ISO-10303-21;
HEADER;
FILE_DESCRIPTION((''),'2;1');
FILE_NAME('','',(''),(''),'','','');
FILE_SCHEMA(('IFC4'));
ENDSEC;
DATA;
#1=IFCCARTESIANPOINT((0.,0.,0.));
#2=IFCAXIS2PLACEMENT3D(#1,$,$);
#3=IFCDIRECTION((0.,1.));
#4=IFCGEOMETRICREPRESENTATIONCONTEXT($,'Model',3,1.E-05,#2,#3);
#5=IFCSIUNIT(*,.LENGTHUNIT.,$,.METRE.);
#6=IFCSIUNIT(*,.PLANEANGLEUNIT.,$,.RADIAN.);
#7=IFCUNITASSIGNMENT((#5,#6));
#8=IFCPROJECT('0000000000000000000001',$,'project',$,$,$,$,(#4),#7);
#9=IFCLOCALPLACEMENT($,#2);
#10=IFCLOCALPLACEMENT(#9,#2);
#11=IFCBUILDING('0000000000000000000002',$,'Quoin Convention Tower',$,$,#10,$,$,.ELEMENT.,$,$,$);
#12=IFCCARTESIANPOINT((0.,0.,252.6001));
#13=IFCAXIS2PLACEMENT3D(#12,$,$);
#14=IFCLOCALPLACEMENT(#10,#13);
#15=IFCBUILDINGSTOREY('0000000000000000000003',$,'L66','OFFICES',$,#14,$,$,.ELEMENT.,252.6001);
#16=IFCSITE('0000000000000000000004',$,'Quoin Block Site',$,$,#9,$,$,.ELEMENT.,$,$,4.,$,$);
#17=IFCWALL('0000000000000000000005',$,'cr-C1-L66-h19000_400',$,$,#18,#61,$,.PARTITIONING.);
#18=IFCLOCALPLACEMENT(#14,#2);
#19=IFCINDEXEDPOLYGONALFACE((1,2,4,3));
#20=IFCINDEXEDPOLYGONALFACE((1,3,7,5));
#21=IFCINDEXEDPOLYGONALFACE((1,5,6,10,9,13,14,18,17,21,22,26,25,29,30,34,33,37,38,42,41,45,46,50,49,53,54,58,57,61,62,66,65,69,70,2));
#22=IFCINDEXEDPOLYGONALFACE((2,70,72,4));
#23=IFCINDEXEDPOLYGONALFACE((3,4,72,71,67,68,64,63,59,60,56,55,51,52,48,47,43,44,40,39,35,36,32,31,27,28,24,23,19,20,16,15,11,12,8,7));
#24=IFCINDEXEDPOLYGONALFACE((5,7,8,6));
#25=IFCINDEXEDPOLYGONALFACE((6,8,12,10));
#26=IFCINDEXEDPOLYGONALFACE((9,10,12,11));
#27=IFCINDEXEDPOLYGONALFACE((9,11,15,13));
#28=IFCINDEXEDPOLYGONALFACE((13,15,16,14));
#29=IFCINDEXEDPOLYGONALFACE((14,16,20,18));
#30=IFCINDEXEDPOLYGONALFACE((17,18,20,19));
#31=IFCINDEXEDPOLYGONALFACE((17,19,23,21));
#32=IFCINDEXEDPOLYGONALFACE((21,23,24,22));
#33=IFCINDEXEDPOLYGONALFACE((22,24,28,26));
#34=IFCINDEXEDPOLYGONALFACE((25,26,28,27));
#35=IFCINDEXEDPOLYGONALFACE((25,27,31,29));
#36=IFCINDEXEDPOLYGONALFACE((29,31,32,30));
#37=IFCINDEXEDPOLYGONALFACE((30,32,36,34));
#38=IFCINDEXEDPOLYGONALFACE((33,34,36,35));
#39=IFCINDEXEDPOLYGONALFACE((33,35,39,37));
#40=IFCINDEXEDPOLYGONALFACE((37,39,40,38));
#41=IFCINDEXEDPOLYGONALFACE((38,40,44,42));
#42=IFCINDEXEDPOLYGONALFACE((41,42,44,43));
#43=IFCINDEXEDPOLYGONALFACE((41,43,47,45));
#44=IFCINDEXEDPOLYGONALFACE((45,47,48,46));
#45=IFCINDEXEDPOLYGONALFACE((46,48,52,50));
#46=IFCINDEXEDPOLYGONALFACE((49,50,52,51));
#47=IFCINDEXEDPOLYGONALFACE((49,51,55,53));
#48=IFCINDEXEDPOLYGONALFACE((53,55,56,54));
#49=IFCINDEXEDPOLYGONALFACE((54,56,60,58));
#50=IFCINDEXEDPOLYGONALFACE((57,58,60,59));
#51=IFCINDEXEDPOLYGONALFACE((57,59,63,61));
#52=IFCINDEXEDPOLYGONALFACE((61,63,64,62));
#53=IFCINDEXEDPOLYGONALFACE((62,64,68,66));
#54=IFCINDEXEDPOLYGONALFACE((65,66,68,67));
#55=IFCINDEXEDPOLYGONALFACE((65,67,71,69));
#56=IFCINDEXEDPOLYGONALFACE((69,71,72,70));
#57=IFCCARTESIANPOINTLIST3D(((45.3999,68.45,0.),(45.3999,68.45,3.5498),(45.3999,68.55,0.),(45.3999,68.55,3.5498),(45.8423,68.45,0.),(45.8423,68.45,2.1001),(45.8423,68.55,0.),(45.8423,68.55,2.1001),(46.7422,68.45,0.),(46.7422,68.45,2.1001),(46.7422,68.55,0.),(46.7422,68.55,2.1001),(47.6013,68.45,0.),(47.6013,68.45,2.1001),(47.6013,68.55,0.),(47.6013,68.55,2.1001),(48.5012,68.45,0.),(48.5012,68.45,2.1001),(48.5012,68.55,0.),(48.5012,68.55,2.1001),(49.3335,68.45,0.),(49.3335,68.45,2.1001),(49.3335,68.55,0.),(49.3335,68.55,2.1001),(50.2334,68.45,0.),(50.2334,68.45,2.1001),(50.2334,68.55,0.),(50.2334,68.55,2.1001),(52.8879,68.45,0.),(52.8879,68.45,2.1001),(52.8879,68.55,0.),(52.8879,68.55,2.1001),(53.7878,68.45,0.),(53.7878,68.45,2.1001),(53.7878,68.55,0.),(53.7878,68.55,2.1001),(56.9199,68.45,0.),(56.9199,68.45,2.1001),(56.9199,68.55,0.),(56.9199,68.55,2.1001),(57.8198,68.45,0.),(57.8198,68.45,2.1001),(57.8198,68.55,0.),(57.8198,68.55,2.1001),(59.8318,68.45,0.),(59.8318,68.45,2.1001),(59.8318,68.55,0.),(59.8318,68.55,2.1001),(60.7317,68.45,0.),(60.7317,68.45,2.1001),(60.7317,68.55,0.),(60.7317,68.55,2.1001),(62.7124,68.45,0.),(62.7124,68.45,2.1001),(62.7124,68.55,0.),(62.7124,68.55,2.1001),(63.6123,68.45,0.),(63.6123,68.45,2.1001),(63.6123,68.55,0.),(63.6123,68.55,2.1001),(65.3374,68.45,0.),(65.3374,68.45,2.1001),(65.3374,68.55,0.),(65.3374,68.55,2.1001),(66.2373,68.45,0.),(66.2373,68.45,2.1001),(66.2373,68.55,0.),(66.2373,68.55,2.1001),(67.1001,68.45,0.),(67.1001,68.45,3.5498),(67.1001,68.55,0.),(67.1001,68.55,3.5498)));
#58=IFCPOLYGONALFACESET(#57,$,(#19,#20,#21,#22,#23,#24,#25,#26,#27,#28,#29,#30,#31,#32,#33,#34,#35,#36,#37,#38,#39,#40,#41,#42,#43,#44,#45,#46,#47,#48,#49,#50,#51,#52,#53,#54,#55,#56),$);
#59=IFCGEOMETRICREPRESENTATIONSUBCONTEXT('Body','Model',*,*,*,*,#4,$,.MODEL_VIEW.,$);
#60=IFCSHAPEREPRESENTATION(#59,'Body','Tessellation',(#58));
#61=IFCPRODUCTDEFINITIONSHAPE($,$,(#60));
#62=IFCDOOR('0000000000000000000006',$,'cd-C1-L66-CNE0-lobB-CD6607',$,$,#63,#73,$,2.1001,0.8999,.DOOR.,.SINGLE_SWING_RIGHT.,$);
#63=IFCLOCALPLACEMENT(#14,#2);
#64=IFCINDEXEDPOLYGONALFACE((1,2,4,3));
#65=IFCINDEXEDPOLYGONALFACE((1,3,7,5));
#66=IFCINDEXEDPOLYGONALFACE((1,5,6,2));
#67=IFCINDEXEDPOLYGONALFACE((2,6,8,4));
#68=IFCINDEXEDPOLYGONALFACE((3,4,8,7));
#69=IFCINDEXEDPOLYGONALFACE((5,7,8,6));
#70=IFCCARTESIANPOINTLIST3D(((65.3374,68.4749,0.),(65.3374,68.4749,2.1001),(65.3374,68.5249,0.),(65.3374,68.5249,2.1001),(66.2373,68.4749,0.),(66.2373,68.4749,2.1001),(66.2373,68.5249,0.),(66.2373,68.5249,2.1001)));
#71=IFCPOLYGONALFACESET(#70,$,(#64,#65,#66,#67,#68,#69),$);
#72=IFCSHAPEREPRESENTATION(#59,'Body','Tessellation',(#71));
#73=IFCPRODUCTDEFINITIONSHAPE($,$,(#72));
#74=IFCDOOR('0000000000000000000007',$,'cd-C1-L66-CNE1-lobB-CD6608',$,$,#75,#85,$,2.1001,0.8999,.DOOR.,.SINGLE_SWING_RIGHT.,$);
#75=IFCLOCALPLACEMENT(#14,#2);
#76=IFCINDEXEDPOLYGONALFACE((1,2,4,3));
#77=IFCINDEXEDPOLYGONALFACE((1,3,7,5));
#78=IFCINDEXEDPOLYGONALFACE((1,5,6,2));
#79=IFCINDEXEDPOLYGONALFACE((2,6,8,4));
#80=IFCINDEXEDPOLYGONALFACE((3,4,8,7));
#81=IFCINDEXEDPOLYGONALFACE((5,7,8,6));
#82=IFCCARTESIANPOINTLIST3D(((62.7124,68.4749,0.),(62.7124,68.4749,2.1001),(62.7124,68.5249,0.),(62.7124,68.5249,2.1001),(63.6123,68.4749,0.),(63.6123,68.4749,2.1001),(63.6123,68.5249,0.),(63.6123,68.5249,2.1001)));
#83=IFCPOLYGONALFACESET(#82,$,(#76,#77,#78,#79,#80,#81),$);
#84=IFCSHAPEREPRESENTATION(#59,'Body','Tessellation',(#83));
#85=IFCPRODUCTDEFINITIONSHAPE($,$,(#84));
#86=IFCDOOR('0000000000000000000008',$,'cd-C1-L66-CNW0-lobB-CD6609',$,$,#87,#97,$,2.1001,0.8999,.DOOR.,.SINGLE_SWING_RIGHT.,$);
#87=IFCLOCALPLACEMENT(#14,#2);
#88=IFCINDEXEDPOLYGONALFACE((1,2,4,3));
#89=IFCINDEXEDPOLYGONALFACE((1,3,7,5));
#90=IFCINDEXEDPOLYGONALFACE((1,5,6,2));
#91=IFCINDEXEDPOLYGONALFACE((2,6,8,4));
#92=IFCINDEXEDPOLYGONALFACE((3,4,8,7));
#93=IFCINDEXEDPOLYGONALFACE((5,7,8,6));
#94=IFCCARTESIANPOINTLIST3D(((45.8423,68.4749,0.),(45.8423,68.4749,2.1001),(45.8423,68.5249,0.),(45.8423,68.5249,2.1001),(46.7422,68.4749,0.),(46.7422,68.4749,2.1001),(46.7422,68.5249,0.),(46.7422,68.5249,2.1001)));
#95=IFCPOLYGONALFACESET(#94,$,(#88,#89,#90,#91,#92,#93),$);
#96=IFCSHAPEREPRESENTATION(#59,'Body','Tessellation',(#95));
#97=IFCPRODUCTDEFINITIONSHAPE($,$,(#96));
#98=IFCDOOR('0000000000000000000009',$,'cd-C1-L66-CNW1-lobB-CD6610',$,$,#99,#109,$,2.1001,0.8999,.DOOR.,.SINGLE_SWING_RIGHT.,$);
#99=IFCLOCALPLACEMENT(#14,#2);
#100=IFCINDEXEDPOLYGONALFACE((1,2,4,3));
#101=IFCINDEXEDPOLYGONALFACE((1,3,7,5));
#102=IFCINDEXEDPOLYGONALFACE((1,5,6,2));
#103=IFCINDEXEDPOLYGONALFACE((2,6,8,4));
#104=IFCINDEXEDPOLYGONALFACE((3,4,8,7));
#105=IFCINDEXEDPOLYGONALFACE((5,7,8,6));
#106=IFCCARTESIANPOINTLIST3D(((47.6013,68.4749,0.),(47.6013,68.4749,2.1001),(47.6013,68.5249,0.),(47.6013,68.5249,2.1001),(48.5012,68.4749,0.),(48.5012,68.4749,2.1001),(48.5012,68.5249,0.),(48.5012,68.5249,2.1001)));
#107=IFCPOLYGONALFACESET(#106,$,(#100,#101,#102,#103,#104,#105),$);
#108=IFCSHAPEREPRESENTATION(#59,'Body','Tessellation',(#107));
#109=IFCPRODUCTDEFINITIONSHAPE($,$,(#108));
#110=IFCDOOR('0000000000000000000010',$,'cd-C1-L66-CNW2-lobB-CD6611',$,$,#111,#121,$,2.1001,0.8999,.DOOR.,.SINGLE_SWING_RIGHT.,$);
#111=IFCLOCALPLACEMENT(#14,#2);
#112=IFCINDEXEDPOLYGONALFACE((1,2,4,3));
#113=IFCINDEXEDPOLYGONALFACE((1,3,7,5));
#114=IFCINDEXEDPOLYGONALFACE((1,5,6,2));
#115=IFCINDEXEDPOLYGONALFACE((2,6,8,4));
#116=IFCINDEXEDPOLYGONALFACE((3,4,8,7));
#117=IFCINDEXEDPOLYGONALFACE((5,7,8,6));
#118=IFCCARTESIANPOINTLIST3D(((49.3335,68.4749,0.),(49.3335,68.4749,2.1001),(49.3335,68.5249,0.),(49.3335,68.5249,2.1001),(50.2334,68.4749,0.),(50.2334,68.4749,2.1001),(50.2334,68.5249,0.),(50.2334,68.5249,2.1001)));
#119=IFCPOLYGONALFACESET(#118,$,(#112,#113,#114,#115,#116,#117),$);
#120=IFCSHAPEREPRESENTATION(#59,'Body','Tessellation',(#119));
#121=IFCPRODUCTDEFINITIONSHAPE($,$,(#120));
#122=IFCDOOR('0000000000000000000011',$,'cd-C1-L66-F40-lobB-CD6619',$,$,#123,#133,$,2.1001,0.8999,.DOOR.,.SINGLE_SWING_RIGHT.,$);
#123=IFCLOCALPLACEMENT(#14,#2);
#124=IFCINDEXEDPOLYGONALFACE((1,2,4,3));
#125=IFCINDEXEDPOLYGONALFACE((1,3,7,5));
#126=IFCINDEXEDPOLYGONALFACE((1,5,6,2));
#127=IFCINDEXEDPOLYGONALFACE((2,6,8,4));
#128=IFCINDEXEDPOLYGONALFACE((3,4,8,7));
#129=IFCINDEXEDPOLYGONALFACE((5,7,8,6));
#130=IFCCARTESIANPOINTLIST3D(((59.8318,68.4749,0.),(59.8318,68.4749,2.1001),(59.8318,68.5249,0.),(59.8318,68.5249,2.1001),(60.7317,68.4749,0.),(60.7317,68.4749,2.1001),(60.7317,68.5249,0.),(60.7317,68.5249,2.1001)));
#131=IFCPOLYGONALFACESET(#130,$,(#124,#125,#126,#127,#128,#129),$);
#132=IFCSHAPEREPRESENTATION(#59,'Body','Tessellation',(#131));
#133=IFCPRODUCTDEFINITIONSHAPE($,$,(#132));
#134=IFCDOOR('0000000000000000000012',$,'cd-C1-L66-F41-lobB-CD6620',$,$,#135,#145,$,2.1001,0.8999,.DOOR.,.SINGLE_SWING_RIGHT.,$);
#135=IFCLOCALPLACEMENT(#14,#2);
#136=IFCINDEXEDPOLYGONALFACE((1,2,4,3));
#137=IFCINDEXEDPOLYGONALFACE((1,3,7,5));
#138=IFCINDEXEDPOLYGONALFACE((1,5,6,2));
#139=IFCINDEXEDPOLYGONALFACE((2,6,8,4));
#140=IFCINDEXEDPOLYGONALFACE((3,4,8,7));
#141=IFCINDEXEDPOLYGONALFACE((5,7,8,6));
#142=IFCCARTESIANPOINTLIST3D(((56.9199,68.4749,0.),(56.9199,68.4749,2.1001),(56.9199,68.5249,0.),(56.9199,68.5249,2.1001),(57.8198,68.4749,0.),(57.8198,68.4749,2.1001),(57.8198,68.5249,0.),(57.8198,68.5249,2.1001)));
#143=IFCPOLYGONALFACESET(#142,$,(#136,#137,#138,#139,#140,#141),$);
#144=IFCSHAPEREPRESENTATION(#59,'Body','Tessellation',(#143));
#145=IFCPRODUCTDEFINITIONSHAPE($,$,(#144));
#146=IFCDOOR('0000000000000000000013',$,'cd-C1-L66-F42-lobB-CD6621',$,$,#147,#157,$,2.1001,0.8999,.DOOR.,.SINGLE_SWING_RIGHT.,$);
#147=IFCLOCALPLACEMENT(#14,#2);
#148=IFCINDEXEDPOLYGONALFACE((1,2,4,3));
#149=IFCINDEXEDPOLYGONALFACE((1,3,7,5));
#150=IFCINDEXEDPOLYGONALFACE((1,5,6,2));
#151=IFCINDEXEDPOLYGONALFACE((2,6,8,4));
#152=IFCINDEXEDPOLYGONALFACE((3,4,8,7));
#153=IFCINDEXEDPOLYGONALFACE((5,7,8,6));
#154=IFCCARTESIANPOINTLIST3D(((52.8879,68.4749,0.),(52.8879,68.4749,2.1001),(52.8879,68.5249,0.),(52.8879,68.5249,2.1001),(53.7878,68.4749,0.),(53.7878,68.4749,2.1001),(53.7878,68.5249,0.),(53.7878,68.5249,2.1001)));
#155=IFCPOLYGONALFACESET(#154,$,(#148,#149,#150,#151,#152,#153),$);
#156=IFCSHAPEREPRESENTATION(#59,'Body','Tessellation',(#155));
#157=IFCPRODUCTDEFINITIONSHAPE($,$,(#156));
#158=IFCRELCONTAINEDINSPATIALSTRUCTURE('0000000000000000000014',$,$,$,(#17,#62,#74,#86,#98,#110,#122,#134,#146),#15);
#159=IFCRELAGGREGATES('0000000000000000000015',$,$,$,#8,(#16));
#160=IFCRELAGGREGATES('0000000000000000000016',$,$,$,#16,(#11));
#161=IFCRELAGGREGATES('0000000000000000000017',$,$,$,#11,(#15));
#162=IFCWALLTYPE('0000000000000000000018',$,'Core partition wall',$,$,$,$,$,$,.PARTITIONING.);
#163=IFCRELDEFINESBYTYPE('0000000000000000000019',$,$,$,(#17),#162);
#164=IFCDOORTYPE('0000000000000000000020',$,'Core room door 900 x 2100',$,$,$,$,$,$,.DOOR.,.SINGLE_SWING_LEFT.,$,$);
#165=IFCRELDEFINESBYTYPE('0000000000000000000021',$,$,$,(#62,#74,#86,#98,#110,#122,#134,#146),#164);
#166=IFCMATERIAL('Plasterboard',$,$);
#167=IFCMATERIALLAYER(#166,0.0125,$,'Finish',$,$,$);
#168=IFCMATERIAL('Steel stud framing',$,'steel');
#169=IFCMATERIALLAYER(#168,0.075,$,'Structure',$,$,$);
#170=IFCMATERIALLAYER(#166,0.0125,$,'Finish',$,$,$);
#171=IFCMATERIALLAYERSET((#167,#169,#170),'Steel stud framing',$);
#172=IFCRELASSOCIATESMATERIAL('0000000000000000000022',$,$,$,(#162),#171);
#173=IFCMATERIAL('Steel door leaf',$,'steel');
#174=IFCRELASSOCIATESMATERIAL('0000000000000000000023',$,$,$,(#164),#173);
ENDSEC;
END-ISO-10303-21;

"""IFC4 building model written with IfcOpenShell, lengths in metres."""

from ifc_helpers import new_model, si_unit, direction, frame, frame_2d, origin, place, context, subcontext, project, spatial, rectangle, extrude, material, layer, layer_set, type_object, element, fill, save


model = new_model("IFC4")

# Units and contexts
model_context = context("Model", 3, precision=1e-05, world=origin(), true_north=direction((0.0, 1.0)))
body_context = subcontext(model_context, "Body", "Model", "MODEL_VIEW")
ifc_project = project(units=[si_unit("LENGTHUNIT", "METRE"), si_unit("PLANEANGLEUNIT", "RADIAN")], contexts=[model_context])

# Site, building, storey
site_placement = place(None, origin())
site = spatial("IfcSite", under=ifc_project, at=site_placement, Name="Quoin Block Site", CompositionType="ELEMENT", RefElevation=4.0)
building_placement = place(site_placement, origin())
building = spatial("IfcBuilding", under=site, at=building_placement, Name="Quoin Convention Tower", CompositionType="ELEMENT")
storey_placement = place(building_placement, frame((0.0, 0.0, 252.6001)))
storey = spatial("IfcBuildingStorey", under=building, at=storey_placement, Name="L66", Description="OFFICES", CompositionType="ELEMENT", Elevation=252.6001)

# Wall, openings, doors
ifc_material_1 = material(Name="Plasterboard")
ifc_layer_1 = layer(ifc_material_1, 0.0125, Name="Finish")
ifc_material_2 = material(Name="Steel stud framing", Category="steel")
ifc_layer_2 = layer(ifc_material_2, 0.075, Name="Structure")
ifc_layer_3 = layer(ifc_material_1, 0.0125, Name="Finish")
ifc_layer_set_1 = layer_set([ifc_layer_1, ifc_layer_2, ifc_layer_3], Name="Steel stud framing")
wall_type_1 = type_object("IfcWallType", Name="Core partition wall", PredefinedType="PARTITIONING", material=ifc_layer_set_1)
wall_1_placement = place(storey_placement, frame((45.3999, 68.5, 0.0), z_axis=(0.0, 0.0, 1.0), x_axis=(1.0, 0.0, 0.0)))
wall_1 = element("IfcWall", 1, at=wall_1_placement, inside=storey, type_object=wall_type_1, Name="cr-C1-L66-h19000_400", PredefinedType="PARTITIONING", context=body_context, shape_type="SweptSolid", body=[
    extrude(rectangle(XDim=21.7002, YDim=0.1001, at=frame_2d((10.8501, 0.0))), origin(), (0.0, 0.0, 1.0), 3.5498),
])
opening_1_placement = place(wall_1_placement, frame((19.9375, 0.0, 0.0)))
opening_1 = element("IfcOpeningElement", 2, at=opening_1_placement, cuts=wall_1, PredefinedType="OPENING", context=body_context, shape_type="SweptSolid", body=[
    extrude(rectangle(XDim=0.8999, YDim=2.1001, at=frame_2d((0.45, 1.05))), frame((0.0, 0.0601, 0.0), z_axis=(0.0, -1.0, 0.0), x_axis=(1.0, 0.0, 0.0)), (0.0, 0.0, 1.0), 0.1201),
])
opening_2_placement = place(wall_1_placement, frame((17.3125, 0.0, 0.0)))
opening_2 = element("IfcOpeningElement", 3, at=opening_2_placement, cuts=wall_1, PredefinedType="OPENING", context=body_context, shape_type="SweptSolid", body=[
    extrude(rectangle(XDim=0.8999, YDim=2.1001, at=frame_2d((0.45, 1.05))), frame((0.0, 0.0601, 0.0), z_axis=(0.0, -1.0, 0.0), x_axis=(1.0, 0.0, 0.0)), (0.0, 0.0, 1.0), 0.1201),
])
opening_3_placement = place(wall_1_placement, frame((0.4424, 0.0, 0.0)))
opening_3 = element("IfcOpeningElement", 4, at=opening_3_placement, cuts=wall_1, PredefinedType="OPENING", context=body_context, shape_type="SweptSolid", body=[
    extrude(rectangle(XDim=0.8999, YDim=2.1001, at=frame_2d((0.45, 1.05))), frame((0.0, 0.0601, 0.0), z_axis=(0.0, -1.0, 0.0), x_axis=(1.0, 0.0, 0.0)), (0.0, 0.0, 1.0), 0.1201),
])
opening_4_placement = place(wall_1_placement, frame((2.2014, 0.0, 0.0)))
opening_4 = element("IfcOpeningElement", 5, at=opening_4_placement, cuts=wall_1, PredefinedType="OPENING", context=body_context, shape_type="SweptSolid", body=[
    extrude(rectangle(XDim=0.8999, YDim=2.1001, at=frame_2d((0.45, 1.05))), frame((0.0, 0.0601, 0.0), z_axis=(0.0, -1.0, 0.0), x_axis=(1.0, 0.0, 0.0)), (0.0, 0.0, 1.0), 0.1201),
])
opening_5_placement = place(wall_1_placement, frame((3.9336, 0.0, 0.0)))
opening_5 = element("IfcOpeningElement", 6, at=opening_5_placement, cuts=wall_1, PredefinedType="OPENING", context=body_context, shape_type="SweptSolid", body=[
    extrude(rectangle(XDim=0.8999, YDim=2.1001, at=frame_2d((0.45, 1.05))), frame((0.0, 0.0601, 0.0), z_axis=(0.0, -1.0, 0.0), x_axis=(1.0, 0.0, 0.0)), (0.0, 0.0, 1.0), 0.1201),
])
opening_6_placement = place(wall_1_placement, frame((14.4319, 0.0, 0.0)))
opening_6 = element("IfcOpeningElement", 7, at=opening_6_placement, cuts=wall_1, PredefinedType="OPENING", context=body_context, shape_type="SweptSolid", body=[
    extrude(rectangle(XDim=0.8999, YDim=2.1001, at=frame_2d((0.45, 1.05))), frame((0.0, 0.0601, 0.0), z_axis=(0.0, -1.0, 0.0), x_axis=(1.0, 0.0, 0.0)), (0.0, 0.0, 1.0), 0.1201),
])
opening_7_placement = place(wall_1_placement, frame((11.52, 0.0, 0.0)))
opening_7 = element("IfcOpeningElement", 8, at=opening_7_placement, cuts=wall_1, PredefinedType="OPENING", context=body_context, shape_type="SweptSolid", body=[
    extrude(rectangle(XDim=0.8999, YDim=2.1001, at=frame_2d((0.45, 1.05))), frame((0.0, 0.0601, 0.0), z_axis=(0.0, -1.0, 0.0), x_axis=(1.0, 0.0, 0.0)), (0.0, 0.0, 1.0), 0.1201),
])
opening_8_placement = place(wall_1_placement, frame((7.488, 0.0, 0.0)))
opening_8 = element("IfcOpeningElement", 9, at=opening_8_placement, cuts=wall_1, PredefinedType="OPENING", context=body_context, shape_type="SweptSolid", body=[
    extrude(rectangle(XDim=0.8999, YDim=2.1001, at=frame_2d((0.45, 1.05))), frame((0.0, 0.0601, 0.0), z_axis=(0.0, -1.0, 0.0), x_axis=(1.0, 0.0, 0.0)), (0.0, 0.0, 1.0), 0.1201),
])
ifc_material_3 = material(Name="Steel door leaf", Category="steel")
door_type_1 = type_object("IfcDoorType", Name="Core room door 900 x 2100", OperationType="SINGLE_SWING_LEFT", PredefinedType="DOOR", material=ifc_material_3)
door_1_placement = place(opening_1_placement, origin())
door_1 = element("IfcDoor", 10, at=door_1_placement, inside=storey, type_object=door_type_1, Name="cd-C1-L66-CNE0-lobB-CD6607", OperationType="SINGLE_SWING_RIGHT", OverallHeight=2.1001, OverallWidth=0.8999, PredefinedType="DOOR", context=body_context, shape_type="SweptSolid", body=[
    extrude(rectangle(XDim=0.8999, YDim=2.1001, at=frame_2d((0.45, 1.05))), frame((0.0, 0.0249, 0.0), z_axis=(0.0, -1.0, 0.0), x_axis=(1.0, 0.0, 0.0)), (0.0, 0.0, 1.0), 0.05),
])
fill(opening_1, door_1)
door_2_placement = place(opening_2_placement, origin())
door_2 = element("IfcDoor", 11, at=door_2_placement, inside=storey, type_object=door_type_1, Name="cd-C1-L66-CNE1-lobB-CD6608", OperationType="SINGLE_SWING_RIGHT", OverallHeight=2.1001, OverallWidth=0.8999, PredefinedType="DOOR", context=body_context, shape_type="SweptSolid", body=[
    extrude(rectangle(XDim=0.8999, YDim=2.1001, at=frame_2d((0.45, 1.05))), frame((0.0, 0.0249, 0.0), z_axis=(0.0, -1.0, 0.0), x_axis=(1.0, 0.0, 0.0)), (0.0, 0.0, 1.0), 0.05),
])
fill(opening_2, door_2)
door_3_placement = place(opening_3_placement, origin())
door_3 = element("IfcDoor", 12, at=door_3_placement, inside=storey, type_object=door_type_1, Name="cd-C1-L66-CNW0-lobB-CD6609", OperationType="SINGLE_SWING_RIGHT", OverallHeight=2.1001, OverallWidth=0.8999, PredefinedType="DOOR", context=body_context, shape_type="SweptSolid", body=[
    extrude(rectangle(XDim=0.8999, YDim=2.1001, at=frame_2d((0.45, 1.05))), frame((0.0, 0.0249, 0.0), z_axis=(0.0, -1.0, 0.0), x_axis=(1.0, 0.0, 0.0)), (0.0, 0.0, 1.0), 0.05),
])
fill(opening_3, door_3)
door_4_placement = place(opening_4_placement, origin())
door_4 = element("IfcDoor", 13, at=door_4_placement, inside=storey, type_object=door_type_1, Name="cd-C1-L66-CNW1-lobB-CD6610", OperationType="SINGLE_SWING_RIGHT", OverallHeight=2.1001, OverallWidth=0.8999, PredefinedType="DOOR", context=body_context, shape_type="SweptSolid", body=[
    extrude(rectangle(XDim=0.8999, YDim=2.1001, at=frame_2d((0.45, 1.05))), frame((0.0, 0.0249, 0.0), z_axis=(0.0, -1.0, 0.0), x_axis=(1.0, 0.0, 0.0)), (0.0, 0.0, 1.0), 0.05),
])
fill(opening_4, door_4)
door_5_placement = place(opening_5_placement, origin())
door_5 = element("IfcDoor", 14, at=door_5_placement, inside=storey, type_object=door_type_1, Name="cd-C1-L66-CNW2-lobB-CD6611", OperationType="SINGLE_SWING_RIGHT", OverallHeight=2.1001, OverallWidth=0.8999, PredefinedType="DOOR", context=body_context, shape_type="SweptSolid", body=[
    extrude(rectangle(XDim=0.8999, YDim=2.1001, at=frame_2d((0.45, 1.05))), frame((0.0, 0.0249, 0.0), z_axis=(0.0, -1.0, 0.0), x_axis=(1.0, 0.0, 0.0)), (0.0, 0.0, 1.0), 0.05),
])
fill(opening_5, door_5)
door_6_placement = place(opening_6_placement, origin())
door_6 = element("IfcDoor", 15, at=door_6_placement, inside=storey, type_object=door_type_1, Name="cd-C1-L66-F40-lobB-CD6619", OperationType="SINGLE_SWING_RIGHT", OverallHeight=2.1001, OverallWidth=0.8999, PredefinedType="DOOR", context=body_context, shape_type="SweptSolid", body=[
    extrude(rectangle(XDim=0.8999, YDim=2.1001, at=frame_2d((0.45, 1.05))), frame((0.0, 0.0249, 0.0), z_axis=(0.0, -1.0, 0.0), x_axis=(1.0, 0.0, 0.0)), (0.0, 0.0, 1.0), 0.05),
])
fill(opening_6, door_6)
door_7_placement = place(opening_7_placement, origin())
door_7 = element("IfcDoor", 16, at=door_7_placement, inside=storey, type_object=door_type_1, Name="cd-C1-L66-F41-lobB-CD6620", OperationType="SINGLE_SWING_RIGHT", OverallHeight=2.1001, OverallWidth=0.8999, PredefinedType="DOOR", context=body_context, shape_type="SweptSolid", body=[
    extrude(rectangle(XDim=0.8999, YDim=2.1001, at=frame_2d((0.45, 1.05))), frame((0.0, 0.0249, 0.0), z_axis=(0.0, -1.0, 0.0), x_axis=(1.0, 0.0, 0.0)), (0.0, 0.0, 1.0), 0.05),
])
fill(opening_7, door_7)
door_8_placement = place(opening_8_placement, origin())
door_8 = element("IfcDoor", 17, at=door_8_placement, inside=storey, type_object=door_type_1, Name="cd-C1-L66-F42-lobB-CD6621", OperationType="SINGLE_SWING_RIGHT", OverallHeight=2.1001, OverallWidth=0.8999, PredefinedType="DOOR", context=body_context, shape_type="SweptSolid", body=[
    extrude(rectangle(XDim=0.8999, YDim=2.1001, at=frame_2d((0.45, 1.05))), frame((0.0, 0.0249, 0.0), z_axis=(0.0, -1.0, 0.0), x_axis=(1.0, 0.0, 0.0)), (0.0, 0.0, 1.0), 0.05),
])
fill(opening_8, door_8)

save(model, "model.ifc")
